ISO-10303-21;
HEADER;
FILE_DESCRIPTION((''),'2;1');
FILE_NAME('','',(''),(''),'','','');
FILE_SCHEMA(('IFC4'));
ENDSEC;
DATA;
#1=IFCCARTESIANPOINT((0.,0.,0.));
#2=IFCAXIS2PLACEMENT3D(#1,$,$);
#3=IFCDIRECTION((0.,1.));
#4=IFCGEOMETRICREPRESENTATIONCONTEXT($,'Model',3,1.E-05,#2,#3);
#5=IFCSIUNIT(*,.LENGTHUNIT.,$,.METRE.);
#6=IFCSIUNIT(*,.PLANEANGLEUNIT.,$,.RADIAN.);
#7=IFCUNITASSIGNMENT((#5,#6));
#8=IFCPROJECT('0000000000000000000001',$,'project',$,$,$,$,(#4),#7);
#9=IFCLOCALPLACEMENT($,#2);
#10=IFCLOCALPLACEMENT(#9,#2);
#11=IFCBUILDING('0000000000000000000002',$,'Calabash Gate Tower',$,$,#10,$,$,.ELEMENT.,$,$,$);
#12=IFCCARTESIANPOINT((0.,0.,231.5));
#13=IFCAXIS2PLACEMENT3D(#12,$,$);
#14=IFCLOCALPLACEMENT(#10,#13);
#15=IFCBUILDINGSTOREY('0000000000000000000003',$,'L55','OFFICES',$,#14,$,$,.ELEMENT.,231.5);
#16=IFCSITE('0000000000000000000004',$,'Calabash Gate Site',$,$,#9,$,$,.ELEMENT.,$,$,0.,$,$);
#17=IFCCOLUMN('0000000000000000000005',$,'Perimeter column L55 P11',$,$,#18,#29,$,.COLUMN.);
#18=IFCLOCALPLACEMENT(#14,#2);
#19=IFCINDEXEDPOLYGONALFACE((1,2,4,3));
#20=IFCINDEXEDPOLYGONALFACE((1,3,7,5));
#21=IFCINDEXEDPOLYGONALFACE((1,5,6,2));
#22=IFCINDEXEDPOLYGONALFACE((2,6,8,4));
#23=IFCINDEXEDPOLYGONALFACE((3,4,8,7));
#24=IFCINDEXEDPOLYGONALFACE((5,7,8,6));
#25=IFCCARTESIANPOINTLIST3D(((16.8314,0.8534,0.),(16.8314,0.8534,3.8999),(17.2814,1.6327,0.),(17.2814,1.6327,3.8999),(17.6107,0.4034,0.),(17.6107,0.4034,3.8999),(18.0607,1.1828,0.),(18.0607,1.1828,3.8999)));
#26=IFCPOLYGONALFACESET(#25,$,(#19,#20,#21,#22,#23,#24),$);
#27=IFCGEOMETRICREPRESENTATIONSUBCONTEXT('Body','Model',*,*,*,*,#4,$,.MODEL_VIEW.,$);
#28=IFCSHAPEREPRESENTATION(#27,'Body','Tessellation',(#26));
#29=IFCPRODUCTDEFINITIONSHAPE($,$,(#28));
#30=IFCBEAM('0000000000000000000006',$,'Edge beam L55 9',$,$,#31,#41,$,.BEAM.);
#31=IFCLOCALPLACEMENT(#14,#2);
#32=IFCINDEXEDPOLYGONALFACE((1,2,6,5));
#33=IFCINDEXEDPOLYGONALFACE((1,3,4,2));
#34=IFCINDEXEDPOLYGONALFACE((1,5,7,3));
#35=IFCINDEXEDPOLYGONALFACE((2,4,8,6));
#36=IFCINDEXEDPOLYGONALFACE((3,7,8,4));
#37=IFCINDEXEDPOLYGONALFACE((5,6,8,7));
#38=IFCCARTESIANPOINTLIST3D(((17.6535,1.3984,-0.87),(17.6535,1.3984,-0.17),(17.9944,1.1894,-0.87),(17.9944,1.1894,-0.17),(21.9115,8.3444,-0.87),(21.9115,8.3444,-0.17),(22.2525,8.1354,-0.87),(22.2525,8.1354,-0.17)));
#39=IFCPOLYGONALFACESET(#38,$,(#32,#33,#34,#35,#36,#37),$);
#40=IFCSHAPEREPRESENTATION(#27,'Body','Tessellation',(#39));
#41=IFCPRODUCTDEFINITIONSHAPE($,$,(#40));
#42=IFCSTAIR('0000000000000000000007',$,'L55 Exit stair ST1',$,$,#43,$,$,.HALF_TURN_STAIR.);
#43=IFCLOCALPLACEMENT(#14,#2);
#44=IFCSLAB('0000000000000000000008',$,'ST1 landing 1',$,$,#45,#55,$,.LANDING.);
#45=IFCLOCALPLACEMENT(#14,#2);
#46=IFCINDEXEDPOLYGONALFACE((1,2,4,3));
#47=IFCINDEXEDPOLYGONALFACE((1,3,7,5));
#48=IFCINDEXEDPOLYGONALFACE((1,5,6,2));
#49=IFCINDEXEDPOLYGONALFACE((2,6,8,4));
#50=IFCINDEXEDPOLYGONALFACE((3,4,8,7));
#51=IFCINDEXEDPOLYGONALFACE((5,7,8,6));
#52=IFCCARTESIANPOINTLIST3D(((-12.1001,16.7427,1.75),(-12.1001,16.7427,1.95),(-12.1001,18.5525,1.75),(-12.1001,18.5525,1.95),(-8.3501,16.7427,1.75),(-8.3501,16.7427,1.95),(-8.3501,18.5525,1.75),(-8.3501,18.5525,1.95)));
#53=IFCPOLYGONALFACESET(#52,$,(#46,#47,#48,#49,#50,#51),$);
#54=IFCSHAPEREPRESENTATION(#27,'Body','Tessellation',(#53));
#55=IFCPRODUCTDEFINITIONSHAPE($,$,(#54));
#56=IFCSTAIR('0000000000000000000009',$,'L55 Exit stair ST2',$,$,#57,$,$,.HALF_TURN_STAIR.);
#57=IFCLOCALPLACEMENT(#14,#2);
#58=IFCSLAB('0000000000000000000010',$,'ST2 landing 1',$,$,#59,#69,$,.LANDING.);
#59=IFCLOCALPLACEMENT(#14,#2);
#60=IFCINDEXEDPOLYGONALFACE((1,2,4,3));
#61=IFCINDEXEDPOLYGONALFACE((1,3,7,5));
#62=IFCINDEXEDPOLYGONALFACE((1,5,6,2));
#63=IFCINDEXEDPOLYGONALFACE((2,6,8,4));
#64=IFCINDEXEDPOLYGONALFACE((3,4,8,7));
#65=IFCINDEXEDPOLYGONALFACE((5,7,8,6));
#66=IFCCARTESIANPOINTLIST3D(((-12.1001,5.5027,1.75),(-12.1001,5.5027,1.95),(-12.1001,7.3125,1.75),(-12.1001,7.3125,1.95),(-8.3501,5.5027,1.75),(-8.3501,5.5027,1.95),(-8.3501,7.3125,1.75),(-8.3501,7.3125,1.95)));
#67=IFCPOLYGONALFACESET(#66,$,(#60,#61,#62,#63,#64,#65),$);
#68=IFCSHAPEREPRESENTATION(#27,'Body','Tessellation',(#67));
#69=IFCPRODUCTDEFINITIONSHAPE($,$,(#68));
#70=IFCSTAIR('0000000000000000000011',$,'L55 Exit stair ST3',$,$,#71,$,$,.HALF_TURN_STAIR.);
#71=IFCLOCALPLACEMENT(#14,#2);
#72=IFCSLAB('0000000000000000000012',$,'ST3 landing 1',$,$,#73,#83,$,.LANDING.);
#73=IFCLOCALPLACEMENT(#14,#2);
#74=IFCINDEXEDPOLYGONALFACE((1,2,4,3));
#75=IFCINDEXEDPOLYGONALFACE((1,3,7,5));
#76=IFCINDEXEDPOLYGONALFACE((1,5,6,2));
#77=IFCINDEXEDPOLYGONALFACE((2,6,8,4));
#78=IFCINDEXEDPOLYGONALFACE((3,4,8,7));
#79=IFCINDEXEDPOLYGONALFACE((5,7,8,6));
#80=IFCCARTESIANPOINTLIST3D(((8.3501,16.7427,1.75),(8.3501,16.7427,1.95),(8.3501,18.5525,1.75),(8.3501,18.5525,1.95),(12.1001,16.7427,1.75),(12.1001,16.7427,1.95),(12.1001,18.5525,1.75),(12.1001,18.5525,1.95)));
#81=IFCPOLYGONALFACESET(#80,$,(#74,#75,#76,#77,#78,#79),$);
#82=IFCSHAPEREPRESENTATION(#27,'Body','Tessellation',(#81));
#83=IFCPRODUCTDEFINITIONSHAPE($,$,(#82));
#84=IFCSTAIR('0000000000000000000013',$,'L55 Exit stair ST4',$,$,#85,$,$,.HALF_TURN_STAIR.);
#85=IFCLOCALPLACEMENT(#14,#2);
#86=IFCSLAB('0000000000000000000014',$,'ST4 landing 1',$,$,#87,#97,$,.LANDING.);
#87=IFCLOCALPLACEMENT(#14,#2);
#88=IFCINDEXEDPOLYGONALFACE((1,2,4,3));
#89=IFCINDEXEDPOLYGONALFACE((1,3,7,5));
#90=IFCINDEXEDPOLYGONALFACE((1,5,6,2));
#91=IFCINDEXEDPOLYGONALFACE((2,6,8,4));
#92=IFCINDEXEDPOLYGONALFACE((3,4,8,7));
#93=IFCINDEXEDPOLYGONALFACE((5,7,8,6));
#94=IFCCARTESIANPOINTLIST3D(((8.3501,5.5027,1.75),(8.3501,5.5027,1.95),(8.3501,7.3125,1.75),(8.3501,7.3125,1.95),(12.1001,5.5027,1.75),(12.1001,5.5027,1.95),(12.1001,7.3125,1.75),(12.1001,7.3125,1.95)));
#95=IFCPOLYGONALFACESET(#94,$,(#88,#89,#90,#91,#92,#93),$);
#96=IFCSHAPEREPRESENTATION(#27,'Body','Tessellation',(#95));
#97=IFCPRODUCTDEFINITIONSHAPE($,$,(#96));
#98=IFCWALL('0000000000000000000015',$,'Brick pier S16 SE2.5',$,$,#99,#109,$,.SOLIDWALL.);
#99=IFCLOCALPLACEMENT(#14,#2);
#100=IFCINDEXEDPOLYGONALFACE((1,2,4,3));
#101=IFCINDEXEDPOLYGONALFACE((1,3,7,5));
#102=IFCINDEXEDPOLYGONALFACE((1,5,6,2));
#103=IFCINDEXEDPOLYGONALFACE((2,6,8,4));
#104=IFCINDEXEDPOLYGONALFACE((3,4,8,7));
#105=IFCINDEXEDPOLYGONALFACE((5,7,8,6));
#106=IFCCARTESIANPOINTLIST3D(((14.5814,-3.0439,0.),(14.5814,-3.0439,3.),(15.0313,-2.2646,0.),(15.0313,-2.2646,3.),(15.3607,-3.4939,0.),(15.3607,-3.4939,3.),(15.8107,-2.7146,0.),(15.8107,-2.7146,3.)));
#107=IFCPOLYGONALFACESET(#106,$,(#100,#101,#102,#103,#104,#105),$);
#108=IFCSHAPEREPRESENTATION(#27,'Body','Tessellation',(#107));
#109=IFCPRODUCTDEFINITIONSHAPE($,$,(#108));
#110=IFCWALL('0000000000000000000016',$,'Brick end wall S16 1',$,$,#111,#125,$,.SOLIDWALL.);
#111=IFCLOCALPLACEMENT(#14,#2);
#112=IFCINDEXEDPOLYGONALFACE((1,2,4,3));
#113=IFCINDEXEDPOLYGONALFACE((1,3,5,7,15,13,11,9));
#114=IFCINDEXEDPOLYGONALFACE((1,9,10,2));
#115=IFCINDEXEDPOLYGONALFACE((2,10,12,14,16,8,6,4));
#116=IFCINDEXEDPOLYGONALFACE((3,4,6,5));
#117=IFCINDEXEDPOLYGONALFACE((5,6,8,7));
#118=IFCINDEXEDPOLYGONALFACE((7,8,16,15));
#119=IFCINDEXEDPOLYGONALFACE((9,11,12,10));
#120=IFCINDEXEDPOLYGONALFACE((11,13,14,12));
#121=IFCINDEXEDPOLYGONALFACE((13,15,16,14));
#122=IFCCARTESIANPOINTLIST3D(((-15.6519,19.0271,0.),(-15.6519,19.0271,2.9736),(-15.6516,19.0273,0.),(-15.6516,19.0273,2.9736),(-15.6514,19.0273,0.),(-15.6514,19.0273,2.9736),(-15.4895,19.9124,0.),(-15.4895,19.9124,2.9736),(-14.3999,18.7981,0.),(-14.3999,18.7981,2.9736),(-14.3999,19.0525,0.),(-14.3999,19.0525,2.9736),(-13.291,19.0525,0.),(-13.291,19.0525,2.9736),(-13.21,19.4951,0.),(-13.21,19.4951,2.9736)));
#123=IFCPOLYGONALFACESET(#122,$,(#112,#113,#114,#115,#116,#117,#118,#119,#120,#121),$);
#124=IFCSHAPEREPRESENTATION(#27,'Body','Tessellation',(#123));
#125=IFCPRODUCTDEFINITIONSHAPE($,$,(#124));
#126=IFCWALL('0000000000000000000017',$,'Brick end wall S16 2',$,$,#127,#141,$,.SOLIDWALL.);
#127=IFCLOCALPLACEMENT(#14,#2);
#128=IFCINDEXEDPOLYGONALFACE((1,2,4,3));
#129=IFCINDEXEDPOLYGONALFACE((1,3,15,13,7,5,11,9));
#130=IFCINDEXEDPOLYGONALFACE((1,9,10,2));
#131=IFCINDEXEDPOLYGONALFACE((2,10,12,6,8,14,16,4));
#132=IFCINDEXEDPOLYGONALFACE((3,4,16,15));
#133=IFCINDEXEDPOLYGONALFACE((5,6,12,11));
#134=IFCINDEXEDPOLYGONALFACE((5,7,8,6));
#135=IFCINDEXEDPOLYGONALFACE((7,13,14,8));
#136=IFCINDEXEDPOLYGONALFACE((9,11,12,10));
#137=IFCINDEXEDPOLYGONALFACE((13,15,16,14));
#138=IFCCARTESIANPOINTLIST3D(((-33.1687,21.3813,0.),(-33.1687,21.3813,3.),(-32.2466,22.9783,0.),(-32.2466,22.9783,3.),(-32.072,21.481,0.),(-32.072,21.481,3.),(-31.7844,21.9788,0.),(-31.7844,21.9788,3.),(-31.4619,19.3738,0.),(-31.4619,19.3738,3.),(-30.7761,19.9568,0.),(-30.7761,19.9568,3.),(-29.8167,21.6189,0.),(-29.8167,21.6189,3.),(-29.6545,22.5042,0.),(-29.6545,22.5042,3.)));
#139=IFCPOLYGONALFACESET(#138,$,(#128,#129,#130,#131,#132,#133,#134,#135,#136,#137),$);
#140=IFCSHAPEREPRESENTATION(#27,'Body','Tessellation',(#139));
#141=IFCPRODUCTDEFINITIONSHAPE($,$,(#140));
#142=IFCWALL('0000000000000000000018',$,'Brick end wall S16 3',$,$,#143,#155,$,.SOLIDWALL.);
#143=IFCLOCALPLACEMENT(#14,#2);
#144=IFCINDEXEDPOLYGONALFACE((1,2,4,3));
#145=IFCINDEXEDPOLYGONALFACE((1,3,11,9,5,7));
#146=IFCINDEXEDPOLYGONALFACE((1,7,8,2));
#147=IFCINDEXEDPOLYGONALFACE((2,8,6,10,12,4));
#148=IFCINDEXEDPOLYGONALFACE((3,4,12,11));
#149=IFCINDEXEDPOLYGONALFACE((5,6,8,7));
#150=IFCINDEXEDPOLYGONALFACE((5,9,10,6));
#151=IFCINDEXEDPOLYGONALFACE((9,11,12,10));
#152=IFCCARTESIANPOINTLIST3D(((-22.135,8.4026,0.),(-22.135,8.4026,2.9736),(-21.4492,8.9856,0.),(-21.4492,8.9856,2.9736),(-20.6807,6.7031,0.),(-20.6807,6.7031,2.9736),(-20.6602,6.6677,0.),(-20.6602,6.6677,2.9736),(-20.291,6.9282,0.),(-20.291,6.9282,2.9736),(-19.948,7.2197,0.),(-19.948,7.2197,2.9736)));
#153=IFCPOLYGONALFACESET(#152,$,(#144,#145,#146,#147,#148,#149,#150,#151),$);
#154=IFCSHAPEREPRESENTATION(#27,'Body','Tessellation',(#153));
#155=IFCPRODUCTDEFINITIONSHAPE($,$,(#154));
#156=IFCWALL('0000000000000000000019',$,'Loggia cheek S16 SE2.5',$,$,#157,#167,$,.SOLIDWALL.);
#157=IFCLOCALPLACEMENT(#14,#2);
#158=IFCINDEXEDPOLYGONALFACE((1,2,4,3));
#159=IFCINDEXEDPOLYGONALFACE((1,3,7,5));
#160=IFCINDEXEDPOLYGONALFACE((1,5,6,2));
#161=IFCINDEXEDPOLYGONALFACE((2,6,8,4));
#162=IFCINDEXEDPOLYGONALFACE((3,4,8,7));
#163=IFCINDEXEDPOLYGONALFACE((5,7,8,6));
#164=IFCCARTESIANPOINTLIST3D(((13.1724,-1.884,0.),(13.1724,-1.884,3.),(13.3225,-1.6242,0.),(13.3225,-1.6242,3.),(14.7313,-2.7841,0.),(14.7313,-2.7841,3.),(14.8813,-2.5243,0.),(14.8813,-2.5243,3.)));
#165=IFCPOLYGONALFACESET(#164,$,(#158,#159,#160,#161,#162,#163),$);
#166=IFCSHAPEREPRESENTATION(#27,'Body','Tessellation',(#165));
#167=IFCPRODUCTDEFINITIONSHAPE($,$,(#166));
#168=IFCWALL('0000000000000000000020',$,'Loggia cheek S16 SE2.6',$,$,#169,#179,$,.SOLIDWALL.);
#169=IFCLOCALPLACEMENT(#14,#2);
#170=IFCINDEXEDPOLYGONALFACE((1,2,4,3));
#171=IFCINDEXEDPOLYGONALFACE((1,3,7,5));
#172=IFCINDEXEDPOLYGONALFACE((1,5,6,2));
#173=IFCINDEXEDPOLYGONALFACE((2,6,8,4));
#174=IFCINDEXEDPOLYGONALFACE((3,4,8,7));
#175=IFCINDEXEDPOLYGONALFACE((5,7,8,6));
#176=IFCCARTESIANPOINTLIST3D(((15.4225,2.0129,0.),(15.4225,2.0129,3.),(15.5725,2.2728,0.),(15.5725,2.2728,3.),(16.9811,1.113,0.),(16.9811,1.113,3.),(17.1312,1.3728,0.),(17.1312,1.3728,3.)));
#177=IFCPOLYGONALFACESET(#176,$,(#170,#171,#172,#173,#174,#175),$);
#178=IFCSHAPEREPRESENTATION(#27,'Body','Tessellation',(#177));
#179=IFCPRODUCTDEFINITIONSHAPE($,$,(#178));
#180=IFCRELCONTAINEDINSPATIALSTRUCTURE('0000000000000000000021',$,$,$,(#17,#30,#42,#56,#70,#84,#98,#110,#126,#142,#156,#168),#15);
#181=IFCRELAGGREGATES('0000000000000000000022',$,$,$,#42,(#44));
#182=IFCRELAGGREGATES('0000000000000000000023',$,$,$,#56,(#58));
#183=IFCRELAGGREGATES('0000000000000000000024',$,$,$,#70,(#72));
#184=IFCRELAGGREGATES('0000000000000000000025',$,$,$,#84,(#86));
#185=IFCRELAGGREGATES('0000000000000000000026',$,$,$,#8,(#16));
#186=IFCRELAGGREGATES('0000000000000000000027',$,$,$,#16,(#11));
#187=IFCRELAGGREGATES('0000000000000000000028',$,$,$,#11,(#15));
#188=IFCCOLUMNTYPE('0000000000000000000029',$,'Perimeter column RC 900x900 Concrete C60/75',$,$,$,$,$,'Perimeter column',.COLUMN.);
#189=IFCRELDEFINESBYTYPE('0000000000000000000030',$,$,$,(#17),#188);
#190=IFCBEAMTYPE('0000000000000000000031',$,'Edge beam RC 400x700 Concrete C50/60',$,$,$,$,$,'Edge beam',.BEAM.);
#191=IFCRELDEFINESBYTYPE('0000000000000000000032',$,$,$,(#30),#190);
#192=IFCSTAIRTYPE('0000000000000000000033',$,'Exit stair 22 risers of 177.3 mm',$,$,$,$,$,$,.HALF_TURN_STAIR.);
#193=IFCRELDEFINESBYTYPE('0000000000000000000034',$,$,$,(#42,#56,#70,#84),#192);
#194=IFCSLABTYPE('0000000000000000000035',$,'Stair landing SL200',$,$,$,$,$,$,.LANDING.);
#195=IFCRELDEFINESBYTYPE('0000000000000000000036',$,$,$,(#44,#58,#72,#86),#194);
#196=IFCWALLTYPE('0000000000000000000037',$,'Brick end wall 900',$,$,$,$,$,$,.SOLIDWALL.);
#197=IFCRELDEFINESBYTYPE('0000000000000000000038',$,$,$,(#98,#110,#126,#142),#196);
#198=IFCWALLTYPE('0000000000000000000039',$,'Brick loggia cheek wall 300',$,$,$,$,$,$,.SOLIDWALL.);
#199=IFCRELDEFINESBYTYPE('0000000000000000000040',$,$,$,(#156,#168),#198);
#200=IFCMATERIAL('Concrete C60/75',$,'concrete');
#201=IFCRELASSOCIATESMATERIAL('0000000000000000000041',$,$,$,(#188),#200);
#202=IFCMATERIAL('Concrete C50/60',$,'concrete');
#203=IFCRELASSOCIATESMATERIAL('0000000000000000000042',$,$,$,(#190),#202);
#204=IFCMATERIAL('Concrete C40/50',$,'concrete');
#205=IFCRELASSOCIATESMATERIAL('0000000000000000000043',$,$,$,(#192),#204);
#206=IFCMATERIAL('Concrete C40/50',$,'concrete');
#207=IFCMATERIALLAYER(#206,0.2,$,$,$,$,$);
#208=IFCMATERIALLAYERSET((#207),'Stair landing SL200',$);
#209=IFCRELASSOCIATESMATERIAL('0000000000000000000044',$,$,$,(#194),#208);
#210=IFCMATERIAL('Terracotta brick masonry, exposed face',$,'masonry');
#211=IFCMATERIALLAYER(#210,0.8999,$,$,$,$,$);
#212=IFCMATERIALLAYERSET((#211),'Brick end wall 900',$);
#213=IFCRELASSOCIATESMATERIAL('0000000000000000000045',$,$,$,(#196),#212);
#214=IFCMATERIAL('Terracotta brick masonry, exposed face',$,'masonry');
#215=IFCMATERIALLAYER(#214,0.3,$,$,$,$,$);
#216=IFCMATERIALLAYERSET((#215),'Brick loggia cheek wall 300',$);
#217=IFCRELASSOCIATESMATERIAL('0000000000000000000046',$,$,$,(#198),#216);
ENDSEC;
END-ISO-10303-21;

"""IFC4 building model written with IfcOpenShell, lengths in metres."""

from ifc_helpers import new_model, si_unit, direction, frame, frame_2d, origin, origin_2d, place, context, subcontext, project, spatial, polyline, rectangle, outline, extrude, material, layer, layer_set, material_profile, profile_set, type_object, element, aggregate, save


model = new_model("IFC4")

# Units and contexts
model_context = context("Model", 3, precision=1e-05, world=origin(), true_north=direction((0.0, 1.0)))
body_context = subcontext(model_context, "Body", "Model", "MODEL_VIEW")
ifc_project = project(units=[si_unit("LENGTHUNIT", "METRE"), si_unit("PLANEANGLEUNIT", "RADIAN")], contexts=[model_context])

# Site, building, storey
site_placement = place(None, origin())
site = spatial("IfcSite", under=ifc_project, at=site_placement, Name="Calabash Gate Site", CompositionType="ELEMENT", RefElevation=0.0)
building_placement = place(site_placement, origin())
building = spatial("IfcBuilding", under=site, at=building_placement, Name="Calabash Gate Tower", CompositionType="ELEMENT")
storey_placement = place(building_placement, frame((0.0, 0.0, 231.5)))
storey = spatial("IfcBuildingStorey", under=building, at=storey_placement, Name="L55", Description="OFFICES", CompositionType="ELEMENT", Elevation=231.5)

# Column
ifc_material_1 = material(Name="Concrete C60/75", Category="concrete")
ifc_material_profile_1 = material_profile(ifc_material_1, rectangle(XDim=0.8999, YDim=0.8999, at=origin_2d()))
ifc_profile_set_1 = profile_set([ifc_material_profile_1], Name="Concrete C60/75")
column_type = type_object("IfcColumnType", Name="Perimeter column RC 900x900 Concrete C60/75", ElementType="Perimeter column", PredefinedType="COLUMN", material=ifc_profile_set_1)
column_placement = place(storey_placement, frame((17.446, 1.0181, 0.0), z_axis=(0.0, 0.0, 1.0), x_axis=(0.5, 0.866025, 0.0)))
element("IfcColumn", 1, at=column_placement, inside=storey, type_object=column_type, Name="Perimeter column L55 P11", PredefinedType="COLUMN", context=body_context, shape_type="SweptSolid", body=[
    extrude(rectangle(XDim=0.8999, YDim=0.8999, at=origin_2d()), origin(), (0.0, 0.0, 1.0), 3.8999),
])

# Beam
ifc_material_2 = material(Name="Concrete C50/60", Category="concrete")
ifc_material_profile_2 = material_profile(ifc_material_2, rectangle(XDim=0.3999, YDim=0.7, at=origin_2d()))
ifc_profile_set_2 = profile_set([ifc_material_profile_2], Name="Concrete C50/60")
beam_type = type_object("IfcBeamType", Name="Edge beam RC 400x700 Concrete C50/60", ElementType="Edge beam", PredefinedType="BEAM", material=ifc_profile_set_2)
beam_placement = place(storey_placement, frame((17.824, 1.2939, -0.52), z_axis=(0.522634, 0.852557, 0.0), x_axis=(-0.852557, 0.522634, 0.0)))
element("IfcBeam", 2, at=beam_placement, inside=storey, type_object=beam_type, Name="Edge beam L55 9", PredefinedType="BEAM", context=body_context, shape_type="SweptSolid", body=[
    extrude(rectangle(XDim=0.3999, YDim=0.7, at=origin_2d()), origin(), (0.0, 0.0, 1.0), 8.1472),
])

# Stairs, slabs
ifc_material_3 = material(Name="Concrete C40/50", Category="concrete")
stair_type = type_object("IfcStairType", Name="Exit stair 22 risers of 177.3 mm", PredefinedType="HALF_TURN_STAIR", material=ifc_material_3)
stair_1_placement = place(storey_placement, origin())
stair_1 = element("IfcStair", 3, at=stair_1_placement, inside=storey, type_object=stair_type, Name="L55 Exit stair ST1", PredefinedType="HALF_TURN_STAIR")
ifc_material_4 = material(Name="Concrete C40/50", Category="concrete")
ifc_layer_1 = layer(ifc_material_4, 0.2)
ifc_layer_set_1 = layer_set([ifc_layer_1], Name="Stair landing SL200")
slab_type = type_object("IfcSlabType", Name="Stair landing SL200", PredefinedType="LANDING", material=ifc_layer_set_1)
slab_1_placement = place(storey_placement, frame((0.0, 0.0, 1.75)))
slab_1 = element("IfcSlab", 4, at=slab_1_placement, type_object=slab_type, Name="ST1 landing 1", PredefinedType="LANDING", context=body_context, shape_type="SweptSolid", body=[
    extrude(outline(polyline([(-8.3501, 16.7427), (-8.3501, 18.5525), (-12.1001, 18.5525), (-12.1001, 16.7427), (-8.3501, 16.7427)])), origin(), (0.0, 0.0, 1.0), 0.2),
])
aggregate(stair_1, [slab_1])
stair_2_placement = place(storey_placement, origin())
stair_2 = element("IfcStair", 5, at=stair_2_placement, inside=storey, type_object=stair_type, Name="L55 Exit stair ST2", PredefinedType="HALF_TURN_STAIR")
slab_2_placement = place(storey_placement, frame((0.0, 0.0, 1.75)))
slab_2 = element("IfcSlab", 6, at=slab_2_placement, type_object=slab_type, Name="ST2 landing 1", PredefinedType="LANDING", context=body_context, shape_type="SweptSolid", body=[
    extrude(outline(polyline([(-12.1001, 7.3125), (-12.1001, 5.5027), (-8.3501, 5.5027), (-8.3501, 7.3125), (-12.1001, 7.3125)])), origin(), (0.0, 0.0, 1.0), 0.2),
])
aggregate(stair_2, [slab_2])
stair_3_placement = place(storey_placement, origin())
stair_3 = element("IfcStair", 7, at=stair_3_placement, inside=storey, type_object=stair_type, Name="L55 Exit stair ST3", PredefinedType="HALF_TURN_STAIR")
slab_3_placement = place(storey_placement, frame((0.0, 0.0, 1.75)))
slab_3 = element("IfcSlab", 8, at=slab_3_placement, type_object=slab_type, Name="ST3 landing 1", PredefinedType="LANDING", context=body_context, shape_type="SweptSolid", body=[
    extrude(outline(polyline([(12.1001, 16.7427), (12.1001, 18.5525), (8.3501, 18.5525), (8.3501, 16.7427), (12.1001, 16.7427)])), origin(), (0.0, 0.0, 1.0), 0.2),
])
aggregate(stair_3, [slab_3])
stair_4_placement = place(storey_placement, origin())
stair_4 = element("IfcStair", 9, at=stair_4_placement, inside=storey, type_object=stair_type, Name="L55 Exit stair ST4", PredefinedType="HALF_TURN_STAIR")
slab_4_placement = place(storey_placement, frame((0.0, 0.0, 1.75)))
slab_4 = element("IfcSlab", 10, at=slab_4_placement, type_object=slab_type, Name="ST4 landing 1", PredefinedType="LANDING", context=body_context, shape_type="SweptSolid", body=[
    extrude(outline(polyline([(8.3501, 7.3125), (8.3501, 5.5027), (12.1001, 5.5027), (12.1001, 7.3125), (8.3501, 7.3125)])), origin(), (0.0, 0.0, 1.0), 0.2),
])
aggregate(stair_4, [slab_4])

# Walls
ifc_material_5 = material(Name="Terracotta brick masonry, exposed face", Category="masonry")
ifc_layer_2 = layer(ifc_material_5, 0.8999)
ifc_layer_set_2 = layer_set([ifc_layer_2], Name="Brick end wall 900")
wall_type_1 = type_object("IfcWallType", Name="Brick end wall 900", PredefinedType="SOLIDWALL", material=ifc_layer_set_2)
wall_1_placement = place(storey_placement, frame((15.5857, -3.1042, 0.0), z_axis=(0.0, 0.0, 1.0), x_axis=(-0.866014, 0.50002, 0.0)))
element("IfcWall", 11, at=wall_1_placement, inside=storey, type_object=wall_type_1, Name="Brick pier S16 SE2.5", PredefinedType="SOLIDWALL", context=body_context, shape_type="SweptSolid", body=[
    extrude(rectangle(XDim=0.8999, YDim=0.8999, at=frame_2d((0.45, 0.0))), origin(), (0.0, 0.0, 1.0), 3.0),
])
wall_2_placement = place(storey_placement, origin())
element("IfcWall", 12, at=wall_2_placement, inside=storey, type_object=wall_type_1, Name="Brick end wall S16 1", PredefinedType="SOLIDWALL", context=body_context, shape_type="SweptSolid", body=[
    extrude(outline(polyline([(-15.6516, 19.0273), (-15.6519, 19.0271), (-14.3999, 18.7981), (-14.3999, 19.0525), (-13.291, 19.0525), (-13.21, 19.4951), (-15.4895, 19.9124), (-15.6514, 19.0273), (-15.6516, 19.0273)])), origin(), (0.0, 0.0, 1.0), 2.9736),
])
wall_3_placement = place(storey_placement, origin())
element("IfcWall", 13, at=wall_3_placement, inside=storey, type_object=wall_type_1, Name="Brick end wall S16 2", PredefinedType="SOLIDWALL", context=body_context, shape_type="SweptSolid", body=[
    extrude(outline(polyline([(-31.7844, 21.9788), (-29.8167, 21.6189), (-29.6545, 22.5042), (-32.2466, 22.9783), (-33.1687, 21.3813), (-31.4619, 19.3738), (-30.7761, 19.9568), (-32.072, 21.481), (-31.7844, 21.9788)])), origin(), (0.0, 0.0, 1.0), 3.0),
])
wall_4_placement = place(storey_placement, origin())
element("IfcWall", 14, at=wall_4_placement, inside=storey, type_object=wall_type_1, Name="Brick end wall S16 3", PredefinedType="SOLIDWALL", context=body_context, shape_type="SweptSolid", body=[
    extrude(outline(polyline([(-19.948, 7.2197), (-21.4492, 8.9856), (-22.135, 8.4026), (-20.6602, 6.6677), (-20.6807, 6.7031), (-20.291, 6.9282), (-19.948, 7.2197)])), origin(), (0.0, 0.0, 1.0), 2.9736),
])
ifc_material_6 = material(Name="Terracotta brick masonry, exposed face", Category="masonry")
ifc_layer_3 = layer(ifc_material_6, 0.3)
ifc_layer_set_3 = layer_set([ifc_layer_3], Name="Brick loggia cheek wall 300")
wall_type_2 = type_object("IfcWallType", Name="Brick loggia cheek wall 300", PredefinedType="SOLIDWALL", material=ifc_layer_set_3)
wall_5_placement = place(storey_placement, frame((13.2476, -1.7542, 0.0), z_axis=(0.0, 0.0, 1.0), x_axis=(0.865989, -0.500063, 0.0)))
element("IfcWall", 15, at=wall_5_placement, inside=storey, type_object=wall_type_2, Name="Loggia cheek S16 SE2.5", PredefinedType="SOLIDWALL", context=body_context, shape_type="SweptSolid", body=[
    extrude(rectangle(XDim=1.8, YDim=0.3, at=frame_2d((0.8999, 0.0))), origin(), (0.0, 0.0, 1.0), 3.0),
])
wall_6_placement = place(storey_placement, frame((17.0562, 1.2429, 0.0), z_axis=(0.0, 0.0, 1.0), x_axis=(-0.866014, 0.50002, 0.0)))
element("IfcWall", 16, at=wall_6_placement, inside=storey, type_object=wall_type_2, Name="Loggia cheek S16 SE2.6", PredefinedType="SOLIDWALL", context=body_context, shape_type="SweptSolid", body=[
    extrude(rectangle(XDim=1.7998, YDim=0.3, at=frame_2d((0.8999, 0.0))), origin(), (0.0, 0.0, 1.0), 3.0),
])

save(model, "model.ifc")
